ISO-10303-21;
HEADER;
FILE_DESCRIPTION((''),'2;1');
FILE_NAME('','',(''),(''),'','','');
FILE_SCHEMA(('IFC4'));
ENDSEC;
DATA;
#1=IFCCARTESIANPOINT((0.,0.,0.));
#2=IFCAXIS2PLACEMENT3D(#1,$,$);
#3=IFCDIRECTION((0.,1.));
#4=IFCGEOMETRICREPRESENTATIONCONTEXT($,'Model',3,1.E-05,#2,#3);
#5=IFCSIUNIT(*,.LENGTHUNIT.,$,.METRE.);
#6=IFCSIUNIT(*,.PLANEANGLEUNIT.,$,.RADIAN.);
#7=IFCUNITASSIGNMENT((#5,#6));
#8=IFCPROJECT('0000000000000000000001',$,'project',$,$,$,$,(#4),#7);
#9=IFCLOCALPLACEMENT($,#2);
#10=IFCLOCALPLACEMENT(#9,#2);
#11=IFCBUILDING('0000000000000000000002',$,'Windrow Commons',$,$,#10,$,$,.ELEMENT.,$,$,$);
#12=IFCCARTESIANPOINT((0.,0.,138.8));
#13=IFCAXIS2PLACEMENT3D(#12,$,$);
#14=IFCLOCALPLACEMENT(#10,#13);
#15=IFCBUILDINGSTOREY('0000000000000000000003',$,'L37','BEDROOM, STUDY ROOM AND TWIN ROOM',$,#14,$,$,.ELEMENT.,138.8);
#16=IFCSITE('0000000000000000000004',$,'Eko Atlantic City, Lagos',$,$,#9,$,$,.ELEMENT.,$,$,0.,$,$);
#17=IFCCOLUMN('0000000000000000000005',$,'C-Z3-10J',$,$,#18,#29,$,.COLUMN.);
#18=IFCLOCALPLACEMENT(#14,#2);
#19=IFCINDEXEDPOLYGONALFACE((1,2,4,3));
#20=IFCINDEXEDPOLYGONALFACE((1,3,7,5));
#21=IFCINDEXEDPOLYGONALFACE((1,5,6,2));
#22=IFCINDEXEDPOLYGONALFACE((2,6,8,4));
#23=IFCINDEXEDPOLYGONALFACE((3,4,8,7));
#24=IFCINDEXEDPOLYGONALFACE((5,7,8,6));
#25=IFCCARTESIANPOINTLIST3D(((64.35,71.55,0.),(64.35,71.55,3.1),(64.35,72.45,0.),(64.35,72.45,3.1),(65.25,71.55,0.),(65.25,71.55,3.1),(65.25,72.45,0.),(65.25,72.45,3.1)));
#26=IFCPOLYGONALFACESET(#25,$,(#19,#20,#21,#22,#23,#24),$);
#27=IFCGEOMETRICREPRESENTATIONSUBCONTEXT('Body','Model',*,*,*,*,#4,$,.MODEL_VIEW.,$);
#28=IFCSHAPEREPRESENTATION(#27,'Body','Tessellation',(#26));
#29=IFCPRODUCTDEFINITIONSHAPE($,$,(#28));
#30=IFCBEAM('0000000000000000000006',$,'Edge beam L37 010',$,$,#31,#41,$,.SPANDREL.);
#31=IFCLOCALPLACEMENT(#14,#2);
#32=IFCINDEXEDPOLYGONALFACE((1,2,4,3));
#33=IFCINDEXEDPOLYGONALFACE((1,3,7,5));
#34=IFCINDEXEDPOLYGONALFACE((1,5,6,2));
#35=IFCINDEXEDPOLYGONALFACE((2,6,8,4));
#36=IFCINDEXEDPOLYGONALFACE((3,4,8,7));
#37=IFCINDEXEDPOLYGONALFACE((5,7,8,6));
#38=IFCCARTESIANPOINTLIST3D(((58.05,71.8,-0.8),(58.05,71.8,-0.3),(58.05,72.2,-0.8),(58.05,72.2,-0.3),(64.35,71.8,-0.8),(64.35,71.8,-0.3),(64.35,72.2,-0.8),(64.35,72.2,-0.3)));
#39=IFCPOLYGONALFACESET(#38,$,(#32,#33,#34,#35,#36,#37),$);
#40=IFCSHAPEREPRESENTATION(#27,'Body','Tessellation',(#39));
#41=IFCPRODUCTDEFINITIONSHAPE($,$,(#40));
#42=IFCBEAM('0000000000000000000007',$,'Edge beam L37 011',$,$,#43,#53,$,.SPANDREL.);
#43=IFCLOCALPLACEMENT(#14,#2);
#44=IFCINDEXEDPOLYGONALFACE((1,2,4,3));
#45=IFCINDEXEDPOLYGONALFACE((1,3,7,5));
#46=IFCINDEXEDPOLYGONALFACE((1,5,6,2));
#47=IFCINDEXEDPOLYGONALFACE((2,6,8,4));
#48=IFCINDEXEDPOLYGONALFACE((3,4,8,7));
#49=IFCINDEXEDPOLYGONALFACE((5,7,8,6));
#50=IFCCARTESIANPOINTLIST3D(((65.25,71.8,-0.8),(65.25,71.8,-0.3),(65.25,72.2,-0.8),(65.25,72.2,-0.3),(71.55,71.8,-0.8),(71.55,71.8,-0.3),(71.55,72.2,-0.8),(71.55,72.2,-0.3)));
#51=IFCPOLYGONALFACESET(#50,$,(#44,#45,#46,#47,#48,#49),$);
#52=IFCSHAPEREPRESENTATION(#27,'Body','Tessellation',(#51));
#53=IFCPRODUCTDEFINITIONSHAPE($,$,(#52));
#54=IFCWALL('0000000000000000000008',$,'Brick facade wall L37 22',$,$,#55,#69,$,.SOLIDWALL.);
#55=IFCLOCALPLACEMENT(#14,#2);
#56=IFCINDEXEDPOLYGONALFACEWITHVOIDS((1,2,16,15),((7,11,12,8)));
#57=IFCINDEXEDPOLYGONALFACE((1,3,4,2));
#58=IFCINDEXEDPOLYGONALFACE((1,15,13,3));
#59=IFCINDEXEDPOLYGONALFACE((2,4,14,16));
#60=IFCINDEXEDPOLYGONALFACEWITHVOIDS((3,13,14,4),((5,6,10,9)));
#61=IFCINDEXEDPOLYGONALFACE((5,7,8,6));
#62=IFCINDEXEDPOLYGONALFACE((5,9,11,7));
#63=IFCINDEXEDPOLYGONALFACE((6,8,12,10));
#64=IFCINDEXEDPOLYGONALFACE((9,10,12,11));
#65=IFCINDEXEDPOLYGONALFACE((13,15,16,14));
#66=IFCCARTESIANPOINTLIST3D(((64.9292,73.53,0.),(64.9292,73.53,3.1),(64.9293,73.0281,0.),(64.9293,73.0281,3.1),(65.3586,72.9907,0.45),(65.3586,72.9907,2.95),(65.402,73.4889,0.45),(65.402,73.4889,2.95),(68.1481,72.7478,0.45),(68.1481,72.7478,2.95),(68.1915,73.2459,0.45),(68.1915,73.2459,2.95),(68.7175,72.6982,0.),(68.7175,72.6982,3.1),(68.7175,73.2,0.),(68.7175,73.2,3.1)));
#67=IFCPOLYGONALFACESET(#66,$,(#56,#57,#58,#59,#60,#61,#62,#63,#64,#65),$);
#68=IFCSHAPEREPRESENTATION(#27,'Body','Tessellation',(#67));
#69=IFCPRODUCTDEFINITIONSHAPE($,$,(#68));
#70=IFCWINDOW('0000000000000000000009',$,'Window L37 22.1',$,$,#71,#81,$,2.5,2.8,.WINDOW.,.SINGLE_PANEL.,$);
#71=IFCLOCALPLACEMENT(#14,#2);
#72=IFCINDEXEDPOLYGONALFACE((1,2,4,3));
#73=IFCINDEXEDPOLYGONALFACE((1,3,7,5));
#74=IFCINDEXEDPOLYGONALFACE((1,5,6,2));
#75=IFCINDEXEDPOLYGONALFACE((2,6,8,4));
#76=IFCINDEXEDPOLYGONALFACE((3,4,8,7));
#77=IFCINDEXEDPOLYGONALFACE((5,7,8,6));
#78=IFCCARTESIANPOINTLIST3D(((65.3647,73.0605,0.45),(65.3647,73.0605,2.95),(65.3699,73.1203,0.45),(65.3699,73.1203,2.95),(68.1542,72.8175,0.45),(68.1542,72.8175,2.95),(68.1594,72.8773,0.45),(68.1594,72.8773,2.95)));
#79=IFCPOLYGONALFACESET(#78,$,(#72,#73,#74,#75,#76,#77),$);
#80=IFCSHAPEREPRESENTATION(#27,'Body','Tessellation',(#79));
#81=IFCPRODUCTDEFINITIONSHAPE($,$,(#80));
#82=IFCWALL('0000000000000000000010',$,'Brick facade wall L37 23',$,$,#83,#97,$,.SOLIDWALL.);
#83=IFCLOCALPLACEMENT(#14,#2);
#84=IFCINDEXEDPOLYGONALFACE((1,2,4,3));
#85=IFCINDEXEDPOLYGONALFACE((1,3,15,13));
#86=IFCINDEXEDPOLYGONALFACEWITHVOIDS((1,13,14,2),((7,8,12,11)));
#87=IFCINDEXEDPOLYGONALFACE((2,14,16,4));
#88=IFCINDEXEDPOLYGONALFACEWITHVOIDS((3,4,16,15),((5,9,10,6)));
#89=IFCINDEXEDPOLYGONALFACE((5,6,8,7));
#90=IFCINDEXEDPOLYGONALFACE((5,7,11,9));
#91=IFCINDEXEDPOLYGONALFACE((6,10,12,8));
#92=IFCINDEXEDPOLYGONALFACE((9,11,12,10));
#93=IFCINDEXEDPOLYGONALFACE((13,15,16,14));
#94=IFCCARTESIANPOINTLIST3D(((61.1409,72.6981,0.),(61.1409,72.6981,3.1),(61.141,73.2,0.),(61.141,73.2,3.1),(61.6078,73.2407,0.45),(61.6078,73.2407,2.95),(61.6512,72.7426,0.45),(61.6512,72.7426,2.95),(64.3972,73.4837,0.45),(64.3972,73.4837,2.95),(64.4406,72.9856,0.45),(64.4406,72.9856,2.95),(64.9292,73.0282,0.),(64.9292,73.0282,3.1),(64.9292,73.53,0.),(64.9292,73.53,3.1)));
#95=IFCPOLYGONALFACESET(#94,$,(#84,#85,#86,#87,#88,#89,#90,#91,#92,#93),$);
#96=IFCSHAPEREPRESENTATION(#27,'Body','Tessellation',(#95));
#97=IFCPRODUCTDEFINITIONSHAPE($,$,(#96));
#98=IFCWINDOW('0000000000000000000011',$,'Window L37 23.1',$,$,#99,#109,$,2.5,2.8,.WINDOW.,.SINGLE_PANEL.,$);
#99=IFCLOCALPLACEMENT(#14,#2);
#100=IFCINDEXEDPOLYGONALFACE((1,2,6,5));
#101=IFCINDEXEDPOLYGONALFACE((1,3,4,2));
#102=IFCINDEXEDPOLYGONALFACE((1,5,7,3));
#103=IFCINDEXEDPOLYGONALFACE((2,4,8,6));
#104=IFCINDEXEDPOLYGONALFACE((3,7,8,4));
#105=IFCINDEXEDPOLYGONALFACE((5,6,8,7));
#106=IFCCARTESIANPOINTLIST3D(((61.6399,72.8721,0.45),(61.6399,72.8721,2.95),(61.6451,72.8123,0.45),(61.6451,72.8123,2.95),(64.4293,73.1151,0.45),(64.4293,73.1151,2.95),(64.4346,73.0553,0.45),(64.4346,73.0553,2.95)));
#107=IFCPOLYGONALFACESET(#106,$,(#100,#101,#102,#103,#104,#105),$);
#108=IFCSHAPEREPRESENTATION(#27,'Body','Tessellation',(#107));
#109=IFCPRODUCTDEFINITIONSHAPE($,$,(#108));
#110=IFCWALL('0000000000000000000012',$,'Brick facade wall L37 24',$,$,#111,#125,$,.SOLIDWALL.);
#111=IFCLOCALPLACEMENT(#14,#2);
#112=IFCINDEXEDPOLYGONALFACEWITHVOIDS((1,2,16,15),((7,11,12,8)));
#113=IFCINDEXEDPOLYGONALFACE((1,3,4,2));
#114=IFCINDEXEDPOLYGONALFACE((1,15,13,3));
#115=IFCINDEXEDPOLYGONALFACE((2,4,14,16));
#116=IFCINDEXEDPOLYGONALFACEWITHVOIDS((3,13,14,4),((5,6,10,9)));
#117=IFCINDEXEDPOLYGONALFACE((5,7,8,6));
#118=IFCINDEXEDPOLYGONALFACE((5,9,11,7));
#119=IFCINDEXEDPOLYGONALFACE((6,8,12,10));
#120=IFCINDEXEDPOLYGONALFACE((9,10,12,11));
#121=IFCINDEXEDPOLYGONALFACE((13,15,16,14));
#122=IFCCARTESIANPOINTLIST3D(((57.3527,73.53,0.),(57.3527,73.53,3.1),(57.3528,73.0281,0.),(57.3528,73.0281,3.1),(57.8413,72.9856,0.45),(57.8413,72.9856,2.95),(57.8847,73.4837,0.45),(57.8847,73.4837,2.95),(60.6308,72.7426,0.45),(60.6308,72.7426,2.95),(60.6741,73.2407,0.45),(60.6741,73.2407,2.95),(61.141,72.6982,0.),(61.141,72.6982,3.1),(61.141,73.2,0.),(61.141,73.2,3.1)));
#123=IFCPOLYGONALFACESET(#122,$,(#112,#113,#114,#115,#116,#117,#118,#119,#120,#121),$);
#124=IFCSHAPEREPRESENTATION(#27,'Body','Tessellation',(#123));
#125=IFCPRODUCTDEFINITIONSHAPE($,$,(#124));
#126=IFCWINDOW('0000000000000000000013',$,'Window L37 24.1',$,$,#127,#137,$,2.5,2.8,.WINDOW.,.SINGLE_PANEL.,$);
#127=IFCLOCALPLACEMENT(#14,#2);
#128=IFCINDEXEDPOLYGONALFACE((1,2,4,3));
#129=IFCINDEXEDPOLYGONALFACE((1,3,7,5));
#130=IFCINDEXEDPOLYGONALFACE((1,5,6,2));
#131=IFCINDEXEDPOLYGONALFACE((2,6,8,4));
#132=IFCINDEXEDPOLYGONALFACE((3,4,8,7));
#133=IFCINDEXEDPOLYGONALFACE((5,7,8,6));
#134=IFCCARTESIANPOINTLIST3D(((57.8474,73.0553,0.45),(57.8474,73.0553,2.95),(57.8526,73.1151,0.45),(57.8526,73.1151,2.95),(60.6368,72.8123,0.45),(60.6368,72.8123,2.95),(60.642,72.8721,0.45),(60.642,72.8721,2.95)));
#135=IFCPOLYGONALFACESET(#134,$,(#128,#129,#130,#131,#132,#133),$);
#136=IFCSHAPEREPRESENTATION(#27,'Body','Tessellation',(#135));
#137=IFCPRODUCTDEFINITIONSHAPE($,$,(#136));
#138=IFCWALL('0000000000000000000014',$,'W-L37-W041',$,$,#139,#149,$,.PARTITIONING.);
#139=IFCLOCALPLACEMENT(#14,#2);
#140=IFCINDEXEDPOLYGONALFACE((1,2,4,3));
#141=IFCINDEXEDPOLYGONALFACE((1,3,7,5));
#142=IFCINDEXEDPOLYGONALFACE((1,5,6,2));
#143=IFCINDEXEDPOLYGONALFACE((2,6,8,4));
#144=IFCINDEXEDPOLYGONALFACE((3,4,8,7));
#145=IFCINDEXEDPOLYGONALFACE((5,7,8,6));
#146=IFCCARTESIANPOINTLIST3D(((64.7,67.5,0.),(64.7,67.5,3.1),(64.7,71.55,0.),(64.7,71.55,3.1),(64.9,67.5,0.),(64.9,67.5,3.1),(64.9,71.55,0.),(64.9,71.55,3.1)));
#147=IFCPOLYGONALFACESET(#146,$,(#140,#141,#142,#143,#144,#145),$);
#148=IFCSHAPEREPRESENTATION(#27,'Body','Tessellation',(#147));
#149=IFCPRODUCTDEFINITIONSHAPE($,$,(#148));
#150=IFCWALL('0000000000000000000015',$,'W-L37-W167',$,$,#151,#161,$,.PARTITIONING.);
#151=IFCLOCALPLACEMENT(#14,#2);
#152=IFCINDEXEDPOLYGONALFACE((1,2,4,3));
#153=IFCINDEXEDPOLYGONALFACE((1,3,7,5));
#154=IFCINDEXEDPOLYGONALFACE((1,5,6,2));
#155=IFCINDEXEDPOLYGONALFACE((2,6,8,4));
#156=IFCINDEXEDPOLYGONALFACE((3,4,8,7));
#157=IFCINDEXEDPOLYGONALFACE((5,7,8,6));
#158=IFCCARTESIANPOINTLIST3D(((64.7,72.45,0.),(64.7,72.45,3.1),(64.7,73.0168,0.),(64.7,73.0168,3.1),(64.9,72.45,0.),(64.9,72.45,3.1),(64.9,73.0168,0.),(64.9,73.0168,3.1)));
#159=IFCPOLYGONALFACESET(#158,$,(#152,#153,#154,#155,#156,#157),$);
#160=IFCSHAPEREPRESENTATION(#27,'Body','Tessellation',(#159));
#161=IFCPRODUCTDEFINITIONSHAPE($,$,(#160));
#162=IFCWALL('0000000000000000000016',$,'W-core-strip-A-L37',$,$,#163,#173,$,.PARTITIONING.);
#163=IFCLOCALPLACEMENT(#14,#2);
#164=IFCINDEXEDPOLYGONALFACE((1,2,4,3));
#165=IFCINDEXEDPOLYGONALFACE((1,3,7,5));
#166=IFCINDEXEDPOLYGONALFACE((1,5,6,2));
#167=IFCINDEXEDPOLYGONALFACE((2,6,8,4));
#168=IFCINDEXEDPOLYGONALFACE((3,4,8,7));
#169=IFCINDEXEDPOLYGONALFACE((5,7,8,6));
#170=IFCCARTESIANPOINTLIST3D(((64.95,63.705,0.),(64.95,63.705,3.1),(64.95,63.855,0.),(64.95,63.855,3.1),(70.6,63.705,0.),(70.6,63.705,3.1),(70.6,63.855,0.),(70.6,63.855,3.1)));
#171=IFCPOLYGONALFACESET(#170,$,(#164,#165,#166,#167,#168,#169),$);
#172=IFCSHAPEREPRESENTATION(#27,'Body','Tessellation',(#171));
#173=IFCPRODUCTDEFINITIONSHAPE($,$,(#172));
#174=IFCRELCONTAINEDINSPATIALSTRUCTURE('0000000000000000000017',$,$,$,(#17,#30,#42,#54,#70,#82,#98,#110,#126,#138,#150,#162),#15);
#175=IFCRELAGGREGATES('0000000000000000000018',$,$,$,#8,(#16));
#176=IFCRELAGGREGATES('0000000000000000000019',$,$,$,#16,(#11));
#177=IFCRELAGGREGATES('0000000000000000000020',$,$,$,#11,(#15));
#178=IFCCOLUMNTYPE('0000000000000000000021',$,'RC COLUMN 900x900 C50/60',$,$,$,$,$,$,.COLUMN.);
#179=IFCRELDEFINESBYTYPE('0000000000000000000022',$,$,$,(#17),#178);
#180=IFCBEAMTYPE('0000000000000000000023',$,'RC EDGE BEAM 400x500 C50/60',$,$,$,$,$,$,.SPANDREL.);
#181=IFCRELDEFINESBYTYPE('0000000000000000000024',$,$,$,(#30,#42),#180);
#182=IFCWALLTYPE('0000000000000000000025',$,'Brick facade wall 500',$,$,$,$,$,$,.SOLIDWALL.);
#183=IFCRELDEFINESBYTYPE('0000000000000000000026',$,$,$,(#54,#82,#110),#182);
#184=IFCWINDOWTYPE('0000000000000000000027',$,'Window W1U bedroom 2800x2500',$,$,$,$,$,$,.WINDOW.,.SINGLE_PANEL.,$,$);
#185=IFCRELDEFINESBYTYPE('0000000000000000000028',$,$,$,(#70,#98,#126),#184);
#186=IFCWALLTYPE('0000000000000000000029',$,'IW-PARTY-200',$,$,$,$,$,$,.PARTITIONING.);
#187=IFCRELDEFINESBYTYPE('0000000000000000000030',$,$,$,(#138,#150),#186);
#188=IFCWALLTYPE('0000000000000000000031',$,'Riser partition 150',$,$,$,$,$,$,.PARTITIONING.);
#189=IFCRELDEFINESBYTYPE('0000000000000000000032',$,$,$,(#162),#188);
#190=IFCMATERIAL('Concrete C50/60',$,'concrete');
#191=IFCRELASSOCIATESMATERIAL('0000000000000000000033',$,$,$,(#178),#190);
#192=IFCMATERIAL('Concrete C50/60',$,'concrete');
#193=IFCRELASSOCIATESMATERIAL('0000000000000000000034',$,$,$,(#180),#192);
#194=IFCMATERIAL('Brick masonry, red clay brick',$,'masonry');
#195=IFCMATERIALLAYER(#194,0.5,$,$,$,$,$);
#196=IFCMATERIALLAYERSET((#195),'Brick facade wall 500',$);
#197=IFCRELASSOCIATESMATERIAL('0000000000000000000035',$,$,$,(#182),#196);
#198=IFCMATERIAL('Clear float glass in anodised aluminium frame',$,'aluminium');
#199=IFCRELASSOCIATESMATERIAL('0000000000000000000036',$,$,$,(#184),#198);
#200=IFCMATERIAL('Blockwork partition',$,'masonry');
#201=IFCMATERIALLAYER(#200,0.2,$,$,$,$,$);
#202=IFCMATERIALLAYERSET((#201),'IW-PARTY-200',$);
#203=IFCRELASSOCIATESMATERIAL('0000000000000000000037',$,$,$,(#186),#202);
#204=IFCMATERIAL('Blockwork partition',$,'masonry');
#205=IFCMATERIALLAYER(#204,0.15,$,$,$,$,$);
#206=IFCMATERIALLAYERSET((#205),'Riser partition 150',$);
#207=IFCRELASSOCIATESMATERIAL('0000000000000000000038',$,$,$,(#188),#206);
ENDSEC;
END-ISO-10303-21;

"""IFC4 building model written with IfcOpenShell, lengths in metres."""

from ifc_helpers import new_model, si_unit, direction, frame, frame_2d, origin, origin_2d, place, context, subcontext, project, spatial, polyline, rectangle, outline, extrude, material, layer, layer_set, material_profile, profile_set, type_object, element, fill, save


model = new_model("IFC4")

# Units and contexts
model_context = context("Model", 3, precision=1e-05, world=origin(), true_north=direction((0.0, 1.0)))
body_context = subcontext(model_context, "Body", "Model", "MODEL_VIEW")
ifc_project = project(units=[si_unit("LENGTHUNIT", "METRE"), si_unit("PLANEANGLEUNIT", "RADIAN")], contexts=[model_context])

# Site, building, storey
site_placement = place(None, origin())
site = spatial("IfcSite", under=ifc_project, at=site_placement, Name="Eko Atlantic City, Lagos", CompositionType="ELEMENT", RefElevation=0.0)
building_placement = place(site_placement, origin())
building = spatial("IfcBuilding", under=site, at=building_placement, Name="Windrow Commons", CompositionType="ELEMENT")
storey_placement = place(building_placement, frame((0.0, 0.0, 138.8)))
storey = spatial("IfcBuildingStorey", under=building, at=storey_placement, Name="L37", Description="BEDROOM, STUDY ROOM AND TWIN ROOM", CompositionType="ELEMENT", Elevation=138.8)

# Column
ifc_material_1 = material(Name="Concrete C50/60", Category="concrete")
ifc_material_profile_1 = material_profile(ifc_material_1, rectangle(XDim=0.9, YDim=0.9, at=origin_2d()))
ifc_profile_set_1 = profile_set([ifc_material_profile_1], Name="Concrete C50/60")
column_type = type_object("IfcColumnType", Name="RC COLUMN 900x900 C50/60", PredefinedType="COLUMN", material=ifc_profile_set_1)
column_placement = place(storey_placement, frame((64.8, 72.0, 0.0), z_axis=(0.0, 0.0, 1.0), x_axis=(1.0, 0.0, 0.0)))
element("IfcColumn", 1, at=column_placement, inside=storey, type_object=column_type, Name="C-Z3-10J", PredefinedType="COLUMN", context=body_context, shape_type="SweptSolid", body=[
    extrude(rectangle(XDim=0.9, YDim=0.9, at=origin_2d()), origin(), (0.0, 0.0, 1.0), 3.1),
])

# Beams
ifc_material_2 = material(Name="Concrete C50/60", Category="concrete")
ifc_material_profile_2 = material_profile(ifc_material_2, rectangle(XDim=0.4, YDim=0.5, at=origin_2d()))
ifc_profile_set_2 = profile_set([ifc_material_profile_2], Name="Concrete C50/60")
beam_type = type_object("IfcBeamType", Name="RC EDGE BEAM 400x500 C50/60", PredefinedType="SPANDREL", material=ifc_profile_set_2)
for number, where, z_axis, x_axis, name in (
    (2, (58.05, 72.0, -0.55), (1.0, 0.0, 0.0), (0.0, 1.0, 0.0), "Edge beam L37 010"),
    (3, (65.25, 72.0, -0.55), (1.0, 0.0, 0.0), (0.0, 1.0, 0.0), "Edge beam L37 011"),
):
    element("IfcBeam", number, at=place(storey_placement, frame(where, z_axis=z_axis, x_axis=x_axis)), inside=storey, type_object=beam_type, Name=name, PredefinedType="SPANDREL", context=body_context, shape_type="SweptSolid", body=[
        extrude(rectangle(XDim=0.4, YDim=0.5, at=origin_2d()), origin(), (0.0, 0.0, 1.0), 6.3),
    ])

# Walls, openings, windows
ifc_material_3 = material(Name="Brick masonry, red clay brick", Category="masonry")
ifc_layer_1 = layer(ifc_material_3, 0.5)
ifc_layer_set_1 = layer_set([ifc_layer_1], Name="Brick facade wall 500")
wall_type_1 = type_object("IfcWallType", Name="Brick facade wall 500", PredefinedType="SOLIDWALL", material=ifc_layer_set_1)
wall_1_placement = place(storey_placement, frame((68.7175, 72.9491, 0.0), z_axis=(0.0, 0.0, 1.0), x_axis=(-0.996227, 0.086782, 0.0)))
wall_1 = element("IfcWall", 4, at=wall_1_placement, inside=storey, type_object=wall_type_1, Name="Brick facade wall L37 22", PredefinedType="SOLIDWALL", context=body_context, shape_type="SweptSolid", body=[
    extrude(outline(polyline([(0.0218, -0.25), (3.8244, -0.25), (3.7808, 0.25), (-0.0218, 0.25), (0.0218, -0.25)])), origin(), (0.0, 0.0, 1.0), 3.1),
])
opening_1_placement = place(wall_1_placement, frame((0.5498, 0.0, 0.45)))
opening_1 = element("IfcOpeningElement", 5, at=opening_1_placement, cuts=wall_1, PredefinedType="OPENING", context=body_context, shape_type="SweptSolid", body=[
    extrude(rectangle(XDim=2.8, YDim=2.5, at=frame_2d((1.4, 1.25))), frame((0.0, 0.26, 0.0), z_axis=(0.0, -1.0, 0.0), x_axis=(1.0, 0.0, 0.0)), (0.0, 0.0, 1.0), 0.52),
])
ifc_material_4 = material(Name="Clear float glass in anodised aluminium frame", Category="aluminium")
window_type = type_object("IfcWindowType", Name="Window W1U bedroom 2800x2500", PartitioningType="SINGLE_PANEL", PredefinedType="WINDOW", material=ifc_material_4)
window_1_placement = place(opening_1_placement, origin())
window_1 = element("IfcWindow", 6, at=window_1_placement, inside=storey, type_object=window_type, Name="Window L37 22.1", OverallHeight=2.5, OverallWidth=2.8, PartitioningType="SINGLE_PANEL", PredefinedType="WINDOW", context=body_context, shape_type="SweptSolid", body=[
    extrude(rectangle(XDim=2.8, YDim=2.5, at=frame_2d((1.4, 1.25))), frame((0.0, 0.18, 0.0), z_axis=(0.0, -1.0, 0.0), x_axis=(1.0, 0.0, 0.0)), (0.0, 0.0, 1.0), 0.06),
])
fill(opening_1, window_1)
wall_2_placement = place(storey_placement, frame((64.9292, 73.2791, 0.0), z_axis=(0.0, 0.0, 1.0), x_axis=(-0.996227, -0.086784, 0.0)))
wall_2 = element("IfcWall", 7, at=wall_2_placement, inside=storey, type_object=wall_type_1, Name="Brick facade wall L37 23", PredefinedType="SOLIDWALL", context=body_context, shape_type="SweptSolid", body=[
    extrude(outline(polyline([(-0.0218, -0.25), (3.7808, -0.25), (3.8244, 0.25), (0.0218, 0.25), (-0.0218, -0.25)])), origin(), (0.0, 0.0, 1.0), 3.1),
])
opening_2_placement = place(wall_2_placement, frame((0.5122, 0.0, 0.45)))
opening_2 = element("IfcOpeningElement", 8, at=opening_2_placement, cuts=wall_2, PredefinedType="OPENING", context=body_context, shape_type="SweptSolid", body=[
    extrude(rectangle(XDim=2.8, YDim=2.5, at=frame_2d((1.4, 1.25))), frame((0.0, 0.26, 0.0), z_axis=(0.0, -1.0, 0.0), x_axis=(1.0, 0.0, 0.0)), (0.0, 0.0, 1.0), 0.52),
])
window_2_placement = place(opening_2_placement, origin())
window_2 = element("IfcWindow", 9, at=window_2_placement, inside=storey, type_object=window_type, Name="Window L37 23.1", OverallHeight=2.5, OverallWidth=2.8, PartitioningType="SINGLE_PANEL", PredefinedType="WINDOW", context=body_context, shape_type="SweptSolid", body=[
    extrude(rectangle(XDim=2.8, YDim=2.5, at=frame_2d((1.4, 1.25))), frame((0.0, 0.18, 0.0), z_axis=(0.0, -1.0, 0.0), x_axis=(1.0, 0.0, 0.0)), (0.0, 0.0, 1.0), 0.06),
])
fill(opening_2, window_2)
wall_3_placement = place(storey_placement, frame((61.141, 72.9491, 0.0), z_axis=(0.0, 0.0, 1.0), x_axis=(-0.996227, 0.086782, 0.0)))
wall_3 = element("IfcWall", 10, at=wall_3_placement, inside=storey, type_object=wall_type_1, Name="Brick facade wall L37 24", PredefinedType="SOLIDWALL", context=body_context, shape_type="SweptSolid", body=[
    extrude(outline(polyline([(0.0218, -0.25), (3.8244, -0.25), (3.7808, 0.25), (-0.0218, 0.25), (0.0218, -0.25)])), origin(), (0.0, 0.0, 1.0), 3.1),
])
opening_3_placement = place(wall_3_placement, frame((0.4904, 0.0, 0.45)))
opening_3 = element("IfcOpeningElement", 11, at=opening_3_placement, cuts=wall_3, PredefinedType="OPENING", context=body_context, shape_type="SweptSolid", body=[
    extrude(rectangle(XDim=2.8, YDim=2.5, at=frame_2d((1.4, 1.25))), frame((0.0, 0.26, 0.0), z_axis=(0.0, -1.0, 0.0), x_axis=(1.0, 0.0, 0.0)), (0.0, 0.0, 1.0), 0.52),
])
window_3_placement = place(opening_3_placement, origin())
window_3 = element("IfcWindow", 12, at=window_3_placement, inside=storey, type_object=window_type, Name="Window L37 24.1", OverallHeight=2.5, OverallWidth=2.8, PartitioningType="SINGLE_PANEL", PredefinedType="WINDOW", context=body_context, shape_type="SweptSolid", body=[
    extrude(rectangle(XDim=2.8, YDim=2.5, at=frame_2d((1.4, 1.25))), frame((0.0, 0.18, 0.0), z_axis=(0.0, -1.0, 0.0), x_axis=(1.0, 0.0, 0.0)), (0.0, 0.0, 1.0), 0.06),
])
fill(opening_3, window_3)

# Walls
ifc_material_5 = material(Name="Blockwork partition", Category="masonry")
ifc_layer_2 = layer(ifc_material_5, 0.2)
ifc_layer_set_2 = layer_set([ifc_layer_2], Name="IW-PARTY-200")
wall_type_2 = type_object("IfcWallType", Name="IW-PARTY-200", PredefinedType="PARTITIONING", material=ifc_layer_set_2)
wall_4_placement = place(storey_placement, frame((64.8, 67.5, 0.0), z_axis=(0.0, 0.0, 1.0), x_axis=(0.0, 1.0, 0.0)))
element("IfcWall", 13, at=wall_4_placement, inside=storey, type_object=wall_type_2, Name="W-L37-W041", PredefinedType="PARTITIONING", context=body_context, shape_type="SweptSolid", body=[
    extrude(rectangle(XDim=4.05, YDim=0.2, at=frame_2d((2.025, 0.0))), origin(), (0.0, 0.0, 1.0), 3.1),
])
wall_5_placement = place(storey_placement, frame((64.8, 72.45, 0.0), z_axis=(0.0, 0.0, 1.0), x_axis=(0.0, 1.0, 0.0)))
element("IfcWall", 14, at=wall_5_placement, inside=storey, type_object=wall_type_2, Name="W-L37-W167", PredefinedType="PARTITIONING", context=body_context, shape_type="SweptSolid", body=[
    extrude(rectangle(XDim=0.5668, YDim=0.2, at=frame_2d((0.2834, 0.0))), origin(), (0.0, 0.0, 1.0), 3.1),
])
ifc_material_6 = material(Name="Blockwork partition", Category="masonry")
ifc_layer_3 = layer(ifc_material_6, 0.15)
ifc_layer_set_3 = layer_set([ifc_layer_3], Name="Riser partition 150")
wall_type_3 = type_object("IfcWallType", Name="Riser partition 150", PredefinedType="PARTITIONING", material=ifc_layer_set_3)
wall_6_placement = place(storey_placement, frame((64.95, 63.78, 0.0), z_axis=(0.0, 0.0, 1.0), x_axis=(1.0, 0.0, 0.0)))
element("IfcWall", 15, at=wall_6_placement, inside=storey, type_object=wall_type_3, Name="W-core-strip-A-L37", PredefinedType="PARTITIONING", context=body_context, shape_type="SweptSolid", body=[
    extrude(rectangle(XDim=5.65, YDim=0.15, at=frame_2d((2.825, 0.0))), origin(), (0.0, 0.0, 1.0), 3.1),
])

save(model, "model.ifc")
